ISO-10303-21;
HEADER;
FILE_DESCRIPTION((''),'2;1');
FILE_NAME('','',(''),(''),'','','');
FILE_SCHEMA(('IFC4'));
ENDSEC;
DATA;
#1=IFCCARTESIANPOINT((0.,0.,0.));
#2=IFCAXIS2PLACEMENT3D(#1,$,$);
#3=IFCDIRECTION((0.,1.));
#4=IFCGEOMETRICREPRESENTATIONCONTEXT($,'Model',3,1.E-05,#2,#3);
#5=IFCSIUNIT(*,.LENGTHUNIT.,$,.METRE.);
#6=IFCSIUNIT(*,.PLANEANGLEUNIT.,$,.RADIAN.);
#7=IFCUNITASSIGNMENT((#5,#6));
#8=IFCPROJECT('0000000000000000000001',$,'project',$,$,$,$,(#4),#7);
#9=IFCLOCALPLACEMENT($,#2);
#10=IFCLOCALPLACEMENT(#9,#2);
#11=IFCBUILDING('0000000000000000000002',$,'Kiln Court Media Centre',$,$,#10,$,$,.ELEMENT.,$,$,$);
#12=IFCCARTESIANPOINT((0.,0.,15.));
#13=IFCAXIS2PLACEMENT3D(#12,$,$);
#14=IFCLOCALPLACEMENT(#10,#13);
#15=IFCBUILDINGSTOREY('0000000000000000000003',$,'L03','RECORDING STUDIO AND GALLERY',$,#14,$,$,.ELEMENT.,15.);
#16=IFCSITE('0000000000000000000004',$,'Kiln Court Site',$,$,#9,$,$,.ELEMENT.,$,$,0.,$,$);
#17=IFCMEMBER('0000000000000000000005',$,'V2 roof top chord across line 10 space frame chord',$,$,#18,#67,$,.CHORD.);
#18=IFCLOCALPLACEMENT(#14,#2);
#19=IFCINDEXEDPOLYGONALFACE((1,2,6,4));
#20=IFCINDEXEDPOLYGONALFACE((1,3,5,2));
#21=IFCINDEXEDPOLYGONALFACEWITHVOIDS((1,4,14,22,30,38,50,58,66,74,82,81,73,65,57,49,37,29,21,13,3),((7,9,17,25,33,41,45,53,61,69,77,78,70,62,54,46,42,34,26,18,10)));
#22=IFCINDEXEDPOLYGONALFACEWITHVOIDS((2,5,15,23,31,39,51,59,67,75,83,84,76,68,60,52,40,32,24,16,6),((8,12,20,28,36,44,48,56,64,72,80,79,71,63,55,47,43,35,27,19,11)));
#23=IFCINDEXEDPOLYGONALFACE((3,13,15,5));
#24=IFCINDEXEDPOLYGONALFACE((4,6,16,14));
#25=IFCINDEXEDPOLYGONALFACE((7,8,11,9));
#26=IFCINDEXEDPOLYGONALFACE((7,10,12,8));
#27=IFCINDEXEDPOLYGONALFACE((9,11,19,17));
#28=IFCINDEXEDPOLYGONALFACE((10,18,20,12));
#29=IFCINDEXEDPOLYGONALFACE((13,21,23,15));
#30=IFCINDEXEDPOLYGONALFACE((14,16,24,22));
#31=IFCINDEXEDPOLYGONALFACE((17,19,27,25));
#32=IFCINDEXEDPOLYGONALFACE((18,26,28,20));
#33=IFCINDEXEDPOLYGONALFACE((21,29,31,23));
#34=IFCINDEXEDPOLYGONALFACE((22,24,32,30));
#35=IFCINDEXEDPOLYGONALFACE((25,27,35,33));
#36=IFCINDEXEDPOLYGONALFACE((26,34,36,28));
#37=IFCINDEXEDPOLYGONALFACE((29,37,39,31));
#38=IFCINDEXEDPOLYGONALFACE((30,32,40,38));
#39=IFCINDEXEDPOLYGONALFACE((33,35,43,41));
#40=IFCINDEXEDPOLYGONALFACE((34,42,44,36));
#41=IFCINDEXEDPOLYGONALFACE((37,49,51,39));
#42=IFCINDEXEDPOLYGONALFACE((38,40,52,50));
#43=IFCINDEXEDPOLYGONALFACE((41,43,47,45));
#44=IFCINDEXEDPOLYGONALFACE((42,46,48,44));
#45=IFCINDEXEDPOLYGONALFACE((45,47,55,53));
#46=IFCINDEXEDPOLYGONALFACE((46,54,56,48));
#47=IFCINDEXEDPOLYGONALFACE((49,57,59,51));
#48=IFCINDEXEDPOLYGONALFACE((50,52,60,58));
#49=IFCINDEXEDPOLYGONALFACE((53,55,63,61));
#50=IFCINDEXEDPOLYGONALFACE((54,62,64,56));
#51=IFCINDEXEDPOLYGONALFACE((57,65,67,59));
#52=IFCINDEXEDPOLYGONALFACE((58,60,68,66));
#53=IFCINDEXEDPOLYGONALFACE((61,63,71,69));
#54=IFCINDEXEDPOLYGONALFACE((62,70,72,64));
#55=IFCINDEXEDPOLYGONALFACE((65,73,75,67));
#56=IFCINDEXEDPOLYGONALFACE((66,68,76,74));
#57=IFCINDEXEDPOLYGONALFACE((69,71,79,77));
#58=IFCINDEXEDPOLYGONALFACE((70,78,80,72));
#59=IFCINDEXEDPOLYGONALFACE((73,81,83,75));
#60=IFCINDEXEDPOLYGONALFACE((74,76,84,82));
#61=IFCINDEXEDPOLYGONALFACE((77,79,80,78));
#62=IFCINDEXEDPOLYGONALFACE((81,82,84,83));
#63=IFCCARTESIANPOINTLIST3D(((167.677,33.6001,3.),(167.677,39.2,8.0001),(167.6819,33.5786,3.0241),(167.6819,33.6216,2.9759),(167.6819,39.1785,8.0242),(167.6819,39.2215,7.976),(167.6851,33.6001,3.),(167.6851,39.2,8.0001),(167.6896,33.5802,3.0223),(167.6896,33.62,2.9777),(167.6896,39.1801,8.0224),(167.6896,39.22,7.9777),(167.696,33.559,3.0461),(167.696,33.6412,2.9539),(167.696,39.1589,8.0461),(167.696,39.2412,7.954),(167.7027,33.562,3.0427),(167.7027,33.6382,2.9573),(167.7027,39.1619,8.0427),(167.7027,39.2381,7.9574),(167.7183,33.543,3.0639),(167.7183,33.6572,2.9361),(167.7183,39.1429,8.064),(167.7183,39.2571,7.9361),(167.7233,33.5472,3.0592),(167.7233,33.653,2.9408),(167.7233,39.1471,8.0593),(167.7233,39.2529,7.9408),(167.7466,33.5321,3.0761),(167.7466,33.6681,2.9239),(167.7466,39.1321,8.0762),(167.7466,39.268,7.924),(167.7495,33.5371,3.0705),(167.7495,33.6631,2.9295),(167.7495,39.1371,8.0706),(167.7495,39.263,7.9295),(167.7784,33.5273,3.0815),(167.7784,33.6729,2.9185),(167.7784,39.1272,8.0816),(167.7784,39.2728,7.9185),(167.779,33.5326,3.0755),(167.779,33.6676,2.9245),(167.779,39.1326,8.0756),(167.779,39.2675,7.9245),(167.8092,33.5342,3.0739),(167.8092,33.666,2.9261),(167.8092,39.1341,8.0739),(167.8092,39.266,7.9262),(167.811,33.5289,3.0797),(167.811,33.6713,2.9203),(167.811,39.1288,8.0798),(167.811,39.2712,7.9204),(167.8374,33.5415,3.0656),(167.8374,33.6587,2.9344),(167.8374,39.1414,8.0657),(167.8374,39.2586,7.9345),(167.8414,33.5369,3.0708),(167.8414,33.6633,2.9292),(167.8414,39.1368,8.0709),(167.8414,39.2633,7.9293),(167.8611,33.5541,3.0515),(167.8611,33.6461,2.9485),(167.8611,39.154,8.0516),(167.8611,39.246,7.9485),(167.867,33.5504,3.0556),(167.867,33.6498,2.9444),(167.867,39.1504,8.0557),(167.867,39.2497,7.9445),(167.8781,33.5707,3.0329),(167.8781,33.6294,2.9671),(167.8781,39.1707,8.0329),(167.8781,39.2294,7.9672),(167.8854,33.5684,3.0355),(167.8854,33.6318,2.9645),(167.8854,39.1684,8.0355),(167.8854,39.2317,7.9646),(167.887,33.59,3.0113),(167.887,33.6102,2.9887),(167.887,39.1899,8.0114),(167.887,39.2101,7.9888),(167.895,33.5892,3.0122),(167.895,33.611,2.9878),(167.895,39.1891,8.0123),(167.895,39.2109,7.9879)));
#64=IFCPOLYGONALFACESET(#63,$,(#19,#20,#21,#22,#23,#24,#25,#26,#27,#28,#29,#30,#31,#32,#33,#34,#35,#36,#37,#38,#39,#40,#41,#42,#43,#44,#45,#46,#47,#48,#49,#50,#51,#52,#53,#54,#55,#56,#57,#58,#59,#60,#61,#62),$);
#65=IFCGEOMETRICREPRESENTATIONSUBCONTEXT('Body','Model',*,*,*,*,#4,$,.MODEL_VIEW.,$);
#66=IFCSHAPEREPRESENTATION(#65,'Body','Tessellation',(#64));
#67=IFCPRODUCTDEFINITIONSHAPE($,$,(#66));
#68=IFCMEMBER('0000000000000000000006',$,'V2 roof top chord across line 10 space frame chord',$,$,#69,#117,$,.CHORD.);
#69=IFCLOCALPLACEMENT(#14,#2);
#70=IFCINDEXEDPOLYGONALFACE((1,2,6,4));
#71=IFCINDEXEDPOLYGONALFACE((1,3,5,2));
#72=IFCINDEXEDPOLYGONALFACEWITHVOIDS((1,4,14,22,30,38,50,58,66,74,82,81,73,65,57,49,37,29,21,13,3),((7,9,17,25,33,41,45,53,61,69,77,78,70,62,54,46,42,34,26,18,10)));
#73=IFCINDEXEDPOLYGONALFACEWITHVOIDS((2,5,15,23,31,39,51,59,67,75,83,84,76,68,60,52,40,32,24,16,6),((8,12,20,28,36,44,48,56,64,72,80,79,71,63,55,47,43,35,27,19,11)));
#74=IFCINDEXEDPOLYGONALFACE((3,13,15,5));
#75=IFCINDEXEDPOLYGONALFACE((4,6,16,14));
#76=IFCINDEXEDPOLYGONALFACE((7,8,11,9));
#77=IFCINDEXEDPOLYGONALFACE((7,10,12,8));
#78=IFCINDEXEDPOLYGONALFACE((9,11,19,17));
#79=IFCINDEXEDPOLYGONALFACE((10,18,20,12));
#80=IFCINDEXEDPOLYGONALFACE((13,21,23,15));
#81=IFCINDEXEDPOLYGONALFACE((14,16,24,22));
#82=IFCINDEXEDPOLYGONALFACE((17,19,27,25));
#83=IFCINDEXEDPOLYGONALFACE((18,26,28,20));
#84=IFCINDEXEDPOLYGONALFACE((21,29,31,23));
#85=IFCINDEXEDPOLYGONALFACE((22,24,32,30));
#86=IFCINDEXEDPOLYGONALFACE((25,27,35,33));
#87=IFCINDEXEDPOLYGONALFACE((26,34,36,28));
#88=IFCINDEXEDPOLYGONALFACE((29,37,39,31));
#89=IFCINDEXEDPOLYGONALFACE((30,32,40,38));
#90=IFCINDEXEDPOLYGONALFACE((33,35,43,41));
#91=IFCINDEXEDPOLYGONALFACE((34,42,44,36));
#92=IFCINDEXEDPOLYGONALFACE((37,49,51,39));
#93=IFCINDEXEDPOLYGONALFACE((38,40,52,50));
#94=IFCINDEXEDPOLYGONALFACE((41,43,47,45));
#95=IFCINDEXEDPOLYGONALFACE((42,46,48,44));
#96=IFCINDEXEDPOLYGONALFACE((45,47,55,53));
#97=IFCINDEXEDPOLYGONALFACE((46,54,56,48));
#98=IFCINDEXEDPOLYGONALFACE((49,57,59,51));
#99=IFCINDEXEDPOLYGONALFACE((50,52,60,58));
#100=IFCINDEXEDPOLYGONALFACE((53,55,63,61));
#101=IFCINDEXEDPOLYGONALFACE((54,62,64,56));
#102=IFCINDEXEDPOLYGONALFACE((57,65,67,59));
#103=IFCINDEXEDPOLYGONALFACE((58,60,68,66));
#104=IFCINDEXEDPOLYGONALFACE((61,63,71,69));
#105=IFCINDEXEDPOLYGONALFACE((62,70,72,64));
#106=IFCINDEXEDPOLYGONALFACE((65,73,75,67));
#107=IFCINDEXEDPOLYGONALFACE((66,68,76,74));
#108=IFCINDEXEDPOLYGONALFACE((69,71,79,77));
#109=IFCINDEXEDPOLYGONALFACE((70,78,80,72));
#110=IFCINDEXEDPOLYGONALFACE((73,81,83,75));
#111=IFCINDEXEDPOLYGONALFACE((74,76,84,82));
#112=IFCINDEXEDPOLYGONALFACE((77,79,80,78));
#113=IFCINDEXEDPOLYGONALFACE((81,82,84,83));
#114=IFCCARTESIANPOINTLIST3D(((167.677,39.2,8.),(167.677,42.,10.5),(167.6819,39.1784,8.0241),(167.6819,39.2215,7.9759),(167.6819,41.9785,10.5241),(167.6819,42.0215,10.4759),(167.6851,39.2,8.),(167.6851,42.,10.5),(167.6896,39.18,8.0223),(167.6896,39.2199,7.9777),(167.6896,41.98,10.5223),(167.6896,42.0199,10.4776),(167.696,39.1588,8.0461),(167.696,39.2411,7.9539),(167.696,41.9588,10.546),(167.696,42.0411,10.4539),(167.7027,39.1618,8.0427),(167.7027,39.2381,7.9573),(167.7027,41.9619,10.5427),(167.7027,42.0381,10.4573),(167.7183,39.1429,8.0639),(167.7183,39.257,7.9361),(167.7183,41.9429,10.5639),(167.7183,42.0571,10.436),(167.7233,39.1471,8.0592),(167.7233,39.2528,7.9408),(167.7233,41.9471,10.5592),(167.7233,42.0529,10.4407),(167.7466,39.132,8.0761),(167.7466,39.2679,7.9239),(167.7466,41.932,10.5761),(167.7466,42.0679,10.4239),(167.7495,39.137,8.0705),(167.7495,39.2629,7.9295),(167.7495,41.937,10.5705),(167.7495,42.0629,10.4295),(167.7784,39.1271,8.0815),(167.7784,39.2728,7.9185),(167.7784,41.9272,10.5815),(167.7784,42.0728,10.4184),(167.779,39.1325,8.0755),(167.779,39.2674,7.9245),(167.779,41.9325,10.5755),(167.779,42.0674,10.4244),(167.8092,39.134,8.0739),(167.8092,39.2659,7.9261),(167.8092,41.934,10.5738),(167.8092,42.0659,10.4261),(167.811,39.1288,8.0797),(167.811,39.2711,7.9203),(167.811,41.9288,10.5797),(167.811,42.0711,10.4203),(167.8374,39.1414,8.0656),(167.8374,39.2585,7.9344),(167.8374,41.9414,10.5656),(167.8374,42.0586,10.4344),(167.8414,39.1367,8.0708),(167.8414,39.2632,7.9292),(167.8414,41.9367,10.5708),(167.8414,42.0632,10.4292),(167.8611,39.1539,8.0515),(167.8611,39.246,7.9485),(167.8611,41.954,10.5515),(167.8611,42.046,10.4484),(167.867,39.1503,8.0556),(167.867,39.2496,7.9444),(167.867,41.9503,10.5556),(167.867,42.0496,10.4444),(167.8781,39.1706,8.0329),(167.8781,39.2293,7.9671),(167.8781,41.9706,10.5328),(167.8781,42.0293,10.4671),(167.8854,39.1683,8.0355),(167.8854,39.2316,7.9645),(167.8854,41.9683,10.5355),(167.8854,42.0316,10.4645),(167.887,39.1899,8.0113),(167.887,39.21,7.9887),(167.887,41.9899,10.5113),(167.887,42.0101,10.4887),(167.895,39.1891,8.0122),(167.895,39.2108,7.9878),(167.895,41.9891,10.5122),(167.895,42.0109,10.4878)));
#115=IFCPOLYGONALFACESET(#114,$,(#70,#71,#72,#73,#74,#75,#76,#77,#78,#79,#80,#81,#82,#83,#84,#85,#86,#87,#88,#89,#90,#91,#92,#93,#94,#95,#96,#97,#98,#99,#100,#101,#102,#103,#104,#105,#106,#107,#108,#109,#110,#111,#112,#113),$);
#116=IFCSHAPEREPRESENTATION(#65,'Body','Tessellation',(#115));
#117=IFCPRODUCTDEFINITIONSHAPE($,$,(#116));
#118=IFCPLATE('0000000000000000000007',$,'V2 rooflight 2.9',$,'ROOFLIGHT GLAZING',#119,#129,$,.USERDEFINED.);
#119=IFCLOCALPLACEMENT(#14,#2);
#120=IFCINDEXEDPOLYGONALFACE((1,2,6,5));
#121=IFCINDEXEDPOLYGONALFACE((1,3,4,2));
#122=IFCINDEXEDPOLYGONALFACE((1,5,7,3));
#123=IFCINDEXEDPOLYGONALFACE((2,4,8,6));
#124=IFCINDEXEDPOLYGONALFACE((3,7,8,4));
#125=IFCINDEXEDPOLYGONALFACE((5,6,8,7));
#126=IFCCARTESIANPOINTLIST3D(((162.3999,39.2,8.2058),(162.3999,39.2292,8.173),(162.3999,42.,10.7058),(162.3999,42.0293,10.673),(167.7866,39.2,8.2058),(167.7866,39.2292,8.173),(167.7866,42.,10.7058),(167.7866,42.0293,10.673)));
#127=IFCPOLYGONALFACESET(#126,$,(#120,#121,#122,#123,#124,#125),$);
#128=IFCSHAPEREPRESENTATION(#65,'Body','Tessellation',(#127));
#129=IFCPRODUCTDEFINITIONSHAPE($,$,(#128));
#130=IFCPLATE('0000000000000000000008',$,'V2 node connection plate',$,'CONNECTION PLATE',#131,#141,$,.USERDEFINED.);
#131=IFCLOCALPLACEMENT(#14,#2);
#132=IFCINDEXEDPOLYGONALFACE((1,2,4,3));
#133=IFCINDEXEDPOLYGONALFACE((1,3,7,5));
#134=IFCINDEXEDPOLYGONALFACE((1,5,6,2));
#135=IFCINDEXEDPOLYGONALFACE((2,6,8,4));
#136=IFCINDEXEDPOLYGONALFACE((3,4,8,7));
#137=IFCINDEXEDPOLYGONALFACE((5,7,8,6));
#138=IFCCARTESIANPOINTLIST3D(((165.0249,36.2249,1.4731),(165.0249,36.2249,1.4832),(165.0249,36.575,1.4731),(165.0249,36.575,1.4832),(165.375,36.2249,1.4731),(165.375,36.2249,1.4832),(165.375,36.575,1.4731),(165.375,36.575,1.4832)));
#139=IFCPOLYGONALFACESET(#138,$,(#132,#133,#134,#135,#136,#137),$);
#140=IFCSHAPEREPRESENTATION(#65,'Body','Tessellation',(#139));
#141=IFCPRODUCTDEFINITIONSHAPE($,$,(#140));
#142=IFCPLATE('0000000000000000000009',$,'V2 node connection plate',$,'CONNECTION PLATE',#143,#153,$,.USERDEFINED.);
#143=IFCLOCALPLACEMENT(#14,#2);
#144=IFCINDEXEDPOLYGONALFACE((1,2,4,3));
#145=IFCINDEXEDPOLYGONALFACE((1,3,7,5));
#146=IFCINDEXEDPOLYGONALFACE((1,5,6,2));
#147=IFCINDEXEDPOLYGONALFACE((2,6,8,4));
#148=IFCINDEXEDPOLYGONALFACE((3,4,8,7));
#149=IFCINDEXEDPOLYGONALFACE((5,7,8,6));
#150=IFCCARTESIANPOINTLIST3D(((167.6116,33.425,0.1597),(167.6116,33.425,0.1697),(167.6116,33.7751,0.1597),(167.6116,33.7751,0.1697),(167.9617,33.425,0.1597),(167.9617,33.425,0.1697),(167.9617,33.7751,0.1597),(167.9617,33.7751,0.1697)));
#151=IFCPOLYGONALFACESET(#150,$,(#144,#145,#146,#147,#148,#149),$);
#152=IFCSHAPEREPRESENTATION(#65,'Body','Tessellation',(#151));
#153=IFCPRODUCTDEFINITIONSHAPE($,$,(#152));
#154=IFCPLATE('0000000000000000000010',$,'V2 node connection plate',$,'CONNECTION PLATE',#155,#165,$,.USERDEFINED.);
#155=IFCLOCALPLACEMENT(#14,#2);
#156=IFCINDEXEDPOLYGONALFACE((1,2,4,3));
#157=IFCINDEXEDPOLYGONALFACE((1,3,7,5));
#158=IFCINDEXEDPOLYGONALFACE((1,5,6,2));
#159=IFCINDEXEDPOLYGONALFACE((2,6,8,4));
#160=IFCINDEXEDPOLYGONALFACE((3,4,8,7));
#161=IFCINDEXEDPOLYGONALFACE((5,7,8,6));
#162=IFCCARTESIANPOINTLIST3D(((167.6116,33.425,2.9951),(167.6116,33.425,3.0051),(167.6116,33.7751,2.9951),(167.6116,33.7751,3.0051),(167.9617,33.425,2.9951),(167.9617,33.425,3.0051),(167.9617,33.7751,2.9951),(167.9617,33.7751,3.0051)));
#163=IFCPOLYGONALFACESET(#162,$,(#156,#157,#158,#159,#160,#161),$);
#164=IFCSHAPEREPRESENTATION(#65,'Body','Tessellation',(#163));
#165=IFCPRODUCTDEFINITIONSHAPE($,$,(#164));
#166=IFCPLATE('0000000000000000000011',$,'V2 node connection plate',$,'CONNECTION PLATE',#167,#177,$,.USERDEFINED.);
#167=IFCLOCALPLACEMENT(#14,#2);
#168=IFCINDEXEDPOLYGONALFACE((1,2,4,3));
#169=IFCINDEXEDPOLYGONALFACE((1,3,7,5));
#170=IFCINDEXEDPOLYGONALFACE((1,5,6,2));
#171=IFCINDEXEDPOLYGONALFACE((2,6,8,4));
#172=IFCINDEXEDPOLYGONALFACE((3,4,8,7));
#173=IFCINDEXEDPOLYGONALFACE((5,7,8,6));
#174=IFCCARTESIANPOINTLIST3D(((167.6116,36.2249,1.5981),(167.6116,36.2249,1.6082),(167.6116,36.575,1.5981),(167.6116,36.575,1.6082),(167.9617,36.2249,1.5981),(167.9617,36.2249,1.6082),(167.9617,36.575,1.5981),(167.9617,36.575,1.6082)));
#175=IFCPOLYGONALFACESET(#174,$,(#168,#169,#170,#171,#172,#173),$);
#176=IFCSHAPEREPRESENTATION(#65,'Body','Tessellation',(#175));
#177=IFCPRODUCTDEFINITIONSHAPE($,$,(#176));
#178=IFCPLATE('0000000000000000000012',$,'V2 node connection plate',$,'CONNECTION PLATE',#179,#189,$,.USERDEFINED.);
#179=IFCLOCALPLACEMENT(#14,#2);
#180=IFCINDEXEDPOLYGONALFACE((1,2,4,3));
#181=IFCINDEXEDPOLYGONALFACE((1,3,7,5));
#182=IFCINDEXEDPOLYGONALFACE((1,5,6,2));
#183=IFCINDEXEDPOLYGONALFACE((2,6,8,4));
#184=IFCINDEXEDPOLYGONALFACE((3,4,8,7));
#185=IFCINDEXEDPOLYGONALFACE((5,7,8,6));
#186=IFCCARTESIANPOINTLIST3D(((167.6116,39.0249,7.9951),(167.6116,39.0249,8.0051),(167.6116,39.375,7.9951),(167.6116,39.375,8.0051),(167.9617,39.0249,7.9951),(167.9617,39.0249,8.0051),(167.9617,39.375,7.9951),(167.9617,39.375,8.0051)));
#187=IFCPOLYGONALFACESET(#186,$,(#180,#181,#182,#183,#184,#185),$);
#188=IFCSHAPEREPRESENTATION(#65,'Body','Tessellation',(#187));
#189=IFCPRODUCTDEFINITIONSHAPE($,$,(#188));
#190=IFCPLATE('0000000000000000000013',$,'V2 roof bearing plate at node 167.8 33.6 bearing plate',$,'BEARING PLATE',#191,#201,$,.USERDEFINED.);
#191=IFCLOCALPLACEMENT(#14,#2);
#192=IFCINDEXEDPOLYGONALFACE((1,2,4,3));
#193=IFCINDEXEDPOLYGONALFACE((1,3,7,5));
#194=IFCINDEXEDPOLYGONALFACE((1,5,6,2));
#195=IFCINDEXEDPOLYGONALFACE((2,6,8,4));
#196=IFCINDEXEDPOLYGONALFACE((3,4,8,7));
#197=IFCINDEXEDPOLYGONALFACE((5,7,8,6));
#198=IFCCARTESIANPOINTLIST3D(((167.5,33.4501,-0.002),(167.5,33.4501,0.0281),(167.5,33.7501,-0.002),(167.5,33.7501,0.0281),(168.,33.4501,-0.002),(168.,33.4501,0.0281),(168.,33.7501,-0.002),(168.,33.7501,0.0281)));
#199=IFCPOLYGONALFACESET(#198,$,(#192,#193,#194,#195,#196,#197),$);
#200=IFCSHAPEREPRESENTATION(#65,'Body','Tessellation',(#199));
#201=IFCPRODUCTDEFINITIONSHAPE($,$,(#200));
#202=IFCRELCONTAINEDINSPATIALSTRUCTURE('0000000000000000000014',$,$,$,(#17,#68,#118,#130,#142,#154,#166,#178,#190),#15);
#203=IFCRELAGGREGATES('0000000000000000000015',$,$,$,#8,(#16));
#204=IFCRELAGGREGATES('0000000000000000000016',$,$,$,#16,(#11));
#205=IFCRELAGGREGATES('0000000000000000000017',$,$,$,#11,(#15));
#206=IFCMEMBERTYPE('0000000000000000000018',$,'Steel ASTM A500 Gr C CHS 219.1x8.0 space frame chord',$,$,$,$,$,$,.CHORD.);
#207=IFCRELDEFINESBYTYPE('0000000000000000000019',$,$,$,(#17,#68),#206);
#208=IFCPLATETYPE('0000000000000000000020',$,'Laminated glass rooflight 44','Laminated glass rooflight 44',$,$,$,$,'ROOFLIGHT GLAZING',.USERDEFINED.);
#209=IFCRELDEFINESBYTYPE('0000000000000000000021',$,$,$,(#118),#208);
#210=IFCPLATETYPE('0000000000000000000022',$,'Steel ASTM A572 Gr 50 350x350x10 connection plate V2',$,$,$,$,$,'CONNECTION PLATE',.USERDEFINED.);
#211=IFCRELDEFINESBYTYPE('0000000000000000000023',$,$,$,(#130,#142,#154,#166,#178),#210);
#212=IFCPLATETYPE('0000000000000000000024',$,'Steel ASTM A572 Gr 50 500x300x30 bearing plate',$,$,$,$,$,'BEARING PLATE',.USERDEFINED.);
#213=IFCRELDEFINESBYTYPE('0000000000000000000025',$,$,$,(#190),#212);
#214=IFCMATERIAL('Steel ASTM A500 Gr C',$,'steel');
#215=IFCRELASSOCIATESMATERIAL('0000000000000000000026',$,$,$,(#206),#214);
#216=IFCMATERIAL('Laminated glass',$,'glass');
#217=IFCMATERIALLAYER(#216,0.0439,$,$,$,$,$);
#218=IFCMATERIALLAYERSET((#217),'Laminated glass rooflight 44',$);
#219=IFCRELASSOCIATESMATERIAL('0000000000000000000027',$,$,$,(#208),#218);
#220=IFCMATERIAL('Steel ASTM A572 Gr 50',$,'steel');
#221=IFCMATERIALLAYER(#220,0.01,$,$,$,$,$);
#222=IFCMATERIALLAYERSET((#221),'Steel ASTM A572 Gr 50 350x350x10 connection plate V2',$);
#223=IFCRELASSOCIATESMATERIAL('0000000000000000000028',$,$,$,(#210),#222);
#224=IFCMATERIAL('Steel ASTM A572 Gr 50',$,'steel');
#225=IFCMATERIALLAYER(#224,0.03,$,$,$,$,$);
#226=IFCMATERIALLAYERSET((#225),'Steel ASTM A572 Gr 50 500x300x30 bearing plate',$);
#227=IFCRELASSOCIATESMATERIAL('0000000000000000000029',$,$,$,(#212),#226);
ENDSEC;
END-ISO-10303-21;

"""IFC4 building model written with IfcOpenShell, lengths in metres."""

from ifc_helpers import new_model, si_unit, direction, frame, origin, origin_2d, place, context, subcontext, project, spatial, polyline, rectangle, hollow_circle, outline, extrude, material, layer, layer_set, material_profile, profile_set, type_object, element, save


model = new_model("IFC4")

# Units and contexts
model_context = context("Model", 3, precision=1e-05, world=origin(), true_north=direction((0.0, 1.0)))
body_context = subcontext(model_context, "Body", "Model", "MODEL_VIEW")
ifc_project = project(units=[si_unit("LENGTHUNIT", "METRE"), si_unit("PLANEANGLEUNIT", "RADIAN")], contexts=[model_context])

# Site, building, storey
site_placement = place(None, origin())
site = spatial("IfcSite", under=ifc_project, at=site_placement, Name="Kiln Court Site", CompositionType="ELEMENT", RefElevation=0.0)
building_placement = place(site_placement, origin())
building = spatial("IfcBuilding", under=site, at=building_placement, Name="Kiln Court Media Centre", CompositionType="ELEMENT")
storey_placement = place(building_placement, frame((0.0, 0.0, 15.0)))
storey = spatial("IfcBuildingStorey", under=building, at=storey_placement, Name="L03", Description="RECORDING STUDIO AND GALLERY", CompositionType="ELEMENT", Elevation=15.0)

# Members
ifc_material_1 = material(Name="Steel ASTM A500 Gr C", Category="steel")
ifc_material_profile_1 = material_profile(ifc_material_1, hollow_circle(Radius=0.1096, WallThickness=0.0081, at=origin_2d()), Name="CHS 219.1x8.0")
ifc_profile_set_1 = profile_set([ifc_material_profile_1], Name="Steel ASTM A500 Gr C")
member_type_1 = type_object("IfcMemberType", Name="Steel ASTM A500 Gr C CHS 219.1x8.0 space frame chord", PredefinedType="CHORD", material=ifc_profile_set_1)
member_1_placement = place(storey_placement, frame((167.7866, 33.6001, 3.0), z_axis=(0.0, 0.745929, 0.666025), x_axis=(-1.0, 0.0, 0.0)))
element("IfcMember", 1, at=member_1_placement, inside=storey, type_object=member_type_1, Name="V2 roof top chord across line 10 space frame chord", PredefinedType="CHORD", context=body_context, shape_type="SweptSolid", body=[
    extrude(hollow_circle(Radius=0.1096, WallThickness=0.0081, at=origin_2d()), origin(), (0.0, 0.0, 1.0), 7.5073),
])
member_2_placement = place(storey_placement, frame((167.7866, 39.2, 8.0), z_axis=(0.0, 0.745943, 0.666009), x_axis=(-1.0, 0.0, 0.0)))
element("IfcMember", 2, at=member_2_placement, inside=storey, type_object=member_type_1, Name="V2 roof top chord across line 10 space frame chord", PredefinedType="CHORD", context=body_context, shape_type="SweptSolid", body=[
    extrude(hollow_circle(Radius=0.1096, WallThickness=0.0081, at=origin_2d()), origin(), (0.0, 0.0, 1.0), 3.7537),
])

# Plates
ifc_material_2 = material(Name="Laminated glass", Category="glass")
ifc_layer_1 = layer(ifc_material_2, 0.0439)
ifc_layer_set_1 = layer_set([ifc_layer_1], Name="Laminated glass rooflight 44")
plate_type_1 = type_object("IfcPlateType", Name="Laminated glass rooflight 44", Description="Laminated glass rooflight 44", ElementType="ROOFLIGHT GLAZING", PredefinedType="USERDEFINED", material=ifc_layer_set_1)
plate_1_placement = place(storey_placement, frame((162.3999, 39.2, 8.2058), z_axis=(0.0, -0.666009, 0.745943), x_axis=(0.0, 0.745943, 0.666009)))
element("IfcPlate", 3, at=plate_1_placement, inside=storey, type_object=plate_type_1, Name="V2 rooflight 2.9", ObjectType="ROOFLIGHT GLAZING", PredefinedType="USERDEFINED", context=body_context, shape_type="SweptSolid", body=[
    extrude(outline(polyline([(0.0, 0.0), (3.7537, 0.0), (3.7537, -5.3867), (0.0, -5.3867), (0.0, 0.0)])), origin(), (0.0, 0.0, -1.0), 0.0439),
])
ifc_material_3 = material(Name="Steel ASTM A572 Gr 50", Category="steel")
ifc_layer_2 = layer(ifc_material_3, 0.01)
ifc_layer_set_2 = layer_set([ifc_layer_2], Name="Steel ASTM A572 Gr 50 350x350x10 connection plate V2")
plate_type_2 = type_object("IfcPlateType", Name="Steel ASTM A572 Gr 50 350x350x10 connection plate V2", ElementType="CONNECTION PLATE", PredefinedType="USERDEFINED", material=ifc_layer_set_2)
for number, where, z_axis, x_axis, name in (
    (4, (165.2, 36.3999, 1.4731), (0.0, 0.0, 1.0), (1.0, 0.0, 0.0), "V2 node connection plate"),
    (5, (167.7866, 33.6001, 0.1597), (0.0, 0.0, 1.0), (1.0, 0.0, 0.0), "V2 node connection plate"),
    (6, (167.7866, 33.6001, 2.9951), (0.0, 0.0, 1.0), (1.0, 0.0, 0.0), "V2 node connection plate"),
    (7, (167.7866, 36.3999, 1.5981), (0.0, 0.0, 1.0), (1.0, 0.0, 0.0), "V2 node connection plate"),
    (8, (167.7866, 39.2, 7.9951), (0.0, 0.0, 1.0), (1.0, 0.0, 0.0), "V2 node connection plate"),
):
    element("IfcPlate", number, at=place(storey_placement, frame(where, z_axis=z_axis, x_axis=x_axis)), inside=storey, type_object=plate_type_2, Name=name, ObjectType="CONNECTION PLATE", PredefinedType="USERDEFINED", context=body_context, shape_type="SweptSolid", body=[
        extrude(rectangle(XDim=0.3501, YDim=0.3501, at=origin_2d()), origin(), (0.0, 0.0, 1.0), 0.01),
    ])
ifc_material_4 = material(Name="Steel ASTM A572 Gr 50", Category="steel")
ifc_layer_3 = layer(ifc_material_4, 0.03)
ifc_layer_set_3 = layer_set([ifc_layer_3], Name="Steel ASTM A572 Gr 50 500x300x30 bearing plate")
plate_type_3 = type_object("IfcPlateType", Name="Steel ASTM A572 Gr 50 500x300x30 bearing plate", ElementType="BEARING PLATE", PredefinedType="USERDEFINED", material=ifc_layer_set_3)
plate_2_placement = place(storey_placement, frame((167.75, 33.6001, -0.002), z_axis=(0.0, 0.0, 1.0), x_axis=(1.0, 0.0, 0.0)))
element("IfcPlate", 9, at=plate_2_placement, inside=storey, type_object=plate_type_3, Name="V2 roof bearing plate at node 167.8 33.6 bearing plate", ObjectType="BEARING PLATE", PredefinedType="USERDEFINED", context=body_context, shape_type="SweptSolid", body=[
    extrude(rectangle(XDim=0.5, YDim=0.3, at=origin_2d()), origin(), (0.0, 0.0, 1.0), 0.03),
])

save(model, "model.ifc")
